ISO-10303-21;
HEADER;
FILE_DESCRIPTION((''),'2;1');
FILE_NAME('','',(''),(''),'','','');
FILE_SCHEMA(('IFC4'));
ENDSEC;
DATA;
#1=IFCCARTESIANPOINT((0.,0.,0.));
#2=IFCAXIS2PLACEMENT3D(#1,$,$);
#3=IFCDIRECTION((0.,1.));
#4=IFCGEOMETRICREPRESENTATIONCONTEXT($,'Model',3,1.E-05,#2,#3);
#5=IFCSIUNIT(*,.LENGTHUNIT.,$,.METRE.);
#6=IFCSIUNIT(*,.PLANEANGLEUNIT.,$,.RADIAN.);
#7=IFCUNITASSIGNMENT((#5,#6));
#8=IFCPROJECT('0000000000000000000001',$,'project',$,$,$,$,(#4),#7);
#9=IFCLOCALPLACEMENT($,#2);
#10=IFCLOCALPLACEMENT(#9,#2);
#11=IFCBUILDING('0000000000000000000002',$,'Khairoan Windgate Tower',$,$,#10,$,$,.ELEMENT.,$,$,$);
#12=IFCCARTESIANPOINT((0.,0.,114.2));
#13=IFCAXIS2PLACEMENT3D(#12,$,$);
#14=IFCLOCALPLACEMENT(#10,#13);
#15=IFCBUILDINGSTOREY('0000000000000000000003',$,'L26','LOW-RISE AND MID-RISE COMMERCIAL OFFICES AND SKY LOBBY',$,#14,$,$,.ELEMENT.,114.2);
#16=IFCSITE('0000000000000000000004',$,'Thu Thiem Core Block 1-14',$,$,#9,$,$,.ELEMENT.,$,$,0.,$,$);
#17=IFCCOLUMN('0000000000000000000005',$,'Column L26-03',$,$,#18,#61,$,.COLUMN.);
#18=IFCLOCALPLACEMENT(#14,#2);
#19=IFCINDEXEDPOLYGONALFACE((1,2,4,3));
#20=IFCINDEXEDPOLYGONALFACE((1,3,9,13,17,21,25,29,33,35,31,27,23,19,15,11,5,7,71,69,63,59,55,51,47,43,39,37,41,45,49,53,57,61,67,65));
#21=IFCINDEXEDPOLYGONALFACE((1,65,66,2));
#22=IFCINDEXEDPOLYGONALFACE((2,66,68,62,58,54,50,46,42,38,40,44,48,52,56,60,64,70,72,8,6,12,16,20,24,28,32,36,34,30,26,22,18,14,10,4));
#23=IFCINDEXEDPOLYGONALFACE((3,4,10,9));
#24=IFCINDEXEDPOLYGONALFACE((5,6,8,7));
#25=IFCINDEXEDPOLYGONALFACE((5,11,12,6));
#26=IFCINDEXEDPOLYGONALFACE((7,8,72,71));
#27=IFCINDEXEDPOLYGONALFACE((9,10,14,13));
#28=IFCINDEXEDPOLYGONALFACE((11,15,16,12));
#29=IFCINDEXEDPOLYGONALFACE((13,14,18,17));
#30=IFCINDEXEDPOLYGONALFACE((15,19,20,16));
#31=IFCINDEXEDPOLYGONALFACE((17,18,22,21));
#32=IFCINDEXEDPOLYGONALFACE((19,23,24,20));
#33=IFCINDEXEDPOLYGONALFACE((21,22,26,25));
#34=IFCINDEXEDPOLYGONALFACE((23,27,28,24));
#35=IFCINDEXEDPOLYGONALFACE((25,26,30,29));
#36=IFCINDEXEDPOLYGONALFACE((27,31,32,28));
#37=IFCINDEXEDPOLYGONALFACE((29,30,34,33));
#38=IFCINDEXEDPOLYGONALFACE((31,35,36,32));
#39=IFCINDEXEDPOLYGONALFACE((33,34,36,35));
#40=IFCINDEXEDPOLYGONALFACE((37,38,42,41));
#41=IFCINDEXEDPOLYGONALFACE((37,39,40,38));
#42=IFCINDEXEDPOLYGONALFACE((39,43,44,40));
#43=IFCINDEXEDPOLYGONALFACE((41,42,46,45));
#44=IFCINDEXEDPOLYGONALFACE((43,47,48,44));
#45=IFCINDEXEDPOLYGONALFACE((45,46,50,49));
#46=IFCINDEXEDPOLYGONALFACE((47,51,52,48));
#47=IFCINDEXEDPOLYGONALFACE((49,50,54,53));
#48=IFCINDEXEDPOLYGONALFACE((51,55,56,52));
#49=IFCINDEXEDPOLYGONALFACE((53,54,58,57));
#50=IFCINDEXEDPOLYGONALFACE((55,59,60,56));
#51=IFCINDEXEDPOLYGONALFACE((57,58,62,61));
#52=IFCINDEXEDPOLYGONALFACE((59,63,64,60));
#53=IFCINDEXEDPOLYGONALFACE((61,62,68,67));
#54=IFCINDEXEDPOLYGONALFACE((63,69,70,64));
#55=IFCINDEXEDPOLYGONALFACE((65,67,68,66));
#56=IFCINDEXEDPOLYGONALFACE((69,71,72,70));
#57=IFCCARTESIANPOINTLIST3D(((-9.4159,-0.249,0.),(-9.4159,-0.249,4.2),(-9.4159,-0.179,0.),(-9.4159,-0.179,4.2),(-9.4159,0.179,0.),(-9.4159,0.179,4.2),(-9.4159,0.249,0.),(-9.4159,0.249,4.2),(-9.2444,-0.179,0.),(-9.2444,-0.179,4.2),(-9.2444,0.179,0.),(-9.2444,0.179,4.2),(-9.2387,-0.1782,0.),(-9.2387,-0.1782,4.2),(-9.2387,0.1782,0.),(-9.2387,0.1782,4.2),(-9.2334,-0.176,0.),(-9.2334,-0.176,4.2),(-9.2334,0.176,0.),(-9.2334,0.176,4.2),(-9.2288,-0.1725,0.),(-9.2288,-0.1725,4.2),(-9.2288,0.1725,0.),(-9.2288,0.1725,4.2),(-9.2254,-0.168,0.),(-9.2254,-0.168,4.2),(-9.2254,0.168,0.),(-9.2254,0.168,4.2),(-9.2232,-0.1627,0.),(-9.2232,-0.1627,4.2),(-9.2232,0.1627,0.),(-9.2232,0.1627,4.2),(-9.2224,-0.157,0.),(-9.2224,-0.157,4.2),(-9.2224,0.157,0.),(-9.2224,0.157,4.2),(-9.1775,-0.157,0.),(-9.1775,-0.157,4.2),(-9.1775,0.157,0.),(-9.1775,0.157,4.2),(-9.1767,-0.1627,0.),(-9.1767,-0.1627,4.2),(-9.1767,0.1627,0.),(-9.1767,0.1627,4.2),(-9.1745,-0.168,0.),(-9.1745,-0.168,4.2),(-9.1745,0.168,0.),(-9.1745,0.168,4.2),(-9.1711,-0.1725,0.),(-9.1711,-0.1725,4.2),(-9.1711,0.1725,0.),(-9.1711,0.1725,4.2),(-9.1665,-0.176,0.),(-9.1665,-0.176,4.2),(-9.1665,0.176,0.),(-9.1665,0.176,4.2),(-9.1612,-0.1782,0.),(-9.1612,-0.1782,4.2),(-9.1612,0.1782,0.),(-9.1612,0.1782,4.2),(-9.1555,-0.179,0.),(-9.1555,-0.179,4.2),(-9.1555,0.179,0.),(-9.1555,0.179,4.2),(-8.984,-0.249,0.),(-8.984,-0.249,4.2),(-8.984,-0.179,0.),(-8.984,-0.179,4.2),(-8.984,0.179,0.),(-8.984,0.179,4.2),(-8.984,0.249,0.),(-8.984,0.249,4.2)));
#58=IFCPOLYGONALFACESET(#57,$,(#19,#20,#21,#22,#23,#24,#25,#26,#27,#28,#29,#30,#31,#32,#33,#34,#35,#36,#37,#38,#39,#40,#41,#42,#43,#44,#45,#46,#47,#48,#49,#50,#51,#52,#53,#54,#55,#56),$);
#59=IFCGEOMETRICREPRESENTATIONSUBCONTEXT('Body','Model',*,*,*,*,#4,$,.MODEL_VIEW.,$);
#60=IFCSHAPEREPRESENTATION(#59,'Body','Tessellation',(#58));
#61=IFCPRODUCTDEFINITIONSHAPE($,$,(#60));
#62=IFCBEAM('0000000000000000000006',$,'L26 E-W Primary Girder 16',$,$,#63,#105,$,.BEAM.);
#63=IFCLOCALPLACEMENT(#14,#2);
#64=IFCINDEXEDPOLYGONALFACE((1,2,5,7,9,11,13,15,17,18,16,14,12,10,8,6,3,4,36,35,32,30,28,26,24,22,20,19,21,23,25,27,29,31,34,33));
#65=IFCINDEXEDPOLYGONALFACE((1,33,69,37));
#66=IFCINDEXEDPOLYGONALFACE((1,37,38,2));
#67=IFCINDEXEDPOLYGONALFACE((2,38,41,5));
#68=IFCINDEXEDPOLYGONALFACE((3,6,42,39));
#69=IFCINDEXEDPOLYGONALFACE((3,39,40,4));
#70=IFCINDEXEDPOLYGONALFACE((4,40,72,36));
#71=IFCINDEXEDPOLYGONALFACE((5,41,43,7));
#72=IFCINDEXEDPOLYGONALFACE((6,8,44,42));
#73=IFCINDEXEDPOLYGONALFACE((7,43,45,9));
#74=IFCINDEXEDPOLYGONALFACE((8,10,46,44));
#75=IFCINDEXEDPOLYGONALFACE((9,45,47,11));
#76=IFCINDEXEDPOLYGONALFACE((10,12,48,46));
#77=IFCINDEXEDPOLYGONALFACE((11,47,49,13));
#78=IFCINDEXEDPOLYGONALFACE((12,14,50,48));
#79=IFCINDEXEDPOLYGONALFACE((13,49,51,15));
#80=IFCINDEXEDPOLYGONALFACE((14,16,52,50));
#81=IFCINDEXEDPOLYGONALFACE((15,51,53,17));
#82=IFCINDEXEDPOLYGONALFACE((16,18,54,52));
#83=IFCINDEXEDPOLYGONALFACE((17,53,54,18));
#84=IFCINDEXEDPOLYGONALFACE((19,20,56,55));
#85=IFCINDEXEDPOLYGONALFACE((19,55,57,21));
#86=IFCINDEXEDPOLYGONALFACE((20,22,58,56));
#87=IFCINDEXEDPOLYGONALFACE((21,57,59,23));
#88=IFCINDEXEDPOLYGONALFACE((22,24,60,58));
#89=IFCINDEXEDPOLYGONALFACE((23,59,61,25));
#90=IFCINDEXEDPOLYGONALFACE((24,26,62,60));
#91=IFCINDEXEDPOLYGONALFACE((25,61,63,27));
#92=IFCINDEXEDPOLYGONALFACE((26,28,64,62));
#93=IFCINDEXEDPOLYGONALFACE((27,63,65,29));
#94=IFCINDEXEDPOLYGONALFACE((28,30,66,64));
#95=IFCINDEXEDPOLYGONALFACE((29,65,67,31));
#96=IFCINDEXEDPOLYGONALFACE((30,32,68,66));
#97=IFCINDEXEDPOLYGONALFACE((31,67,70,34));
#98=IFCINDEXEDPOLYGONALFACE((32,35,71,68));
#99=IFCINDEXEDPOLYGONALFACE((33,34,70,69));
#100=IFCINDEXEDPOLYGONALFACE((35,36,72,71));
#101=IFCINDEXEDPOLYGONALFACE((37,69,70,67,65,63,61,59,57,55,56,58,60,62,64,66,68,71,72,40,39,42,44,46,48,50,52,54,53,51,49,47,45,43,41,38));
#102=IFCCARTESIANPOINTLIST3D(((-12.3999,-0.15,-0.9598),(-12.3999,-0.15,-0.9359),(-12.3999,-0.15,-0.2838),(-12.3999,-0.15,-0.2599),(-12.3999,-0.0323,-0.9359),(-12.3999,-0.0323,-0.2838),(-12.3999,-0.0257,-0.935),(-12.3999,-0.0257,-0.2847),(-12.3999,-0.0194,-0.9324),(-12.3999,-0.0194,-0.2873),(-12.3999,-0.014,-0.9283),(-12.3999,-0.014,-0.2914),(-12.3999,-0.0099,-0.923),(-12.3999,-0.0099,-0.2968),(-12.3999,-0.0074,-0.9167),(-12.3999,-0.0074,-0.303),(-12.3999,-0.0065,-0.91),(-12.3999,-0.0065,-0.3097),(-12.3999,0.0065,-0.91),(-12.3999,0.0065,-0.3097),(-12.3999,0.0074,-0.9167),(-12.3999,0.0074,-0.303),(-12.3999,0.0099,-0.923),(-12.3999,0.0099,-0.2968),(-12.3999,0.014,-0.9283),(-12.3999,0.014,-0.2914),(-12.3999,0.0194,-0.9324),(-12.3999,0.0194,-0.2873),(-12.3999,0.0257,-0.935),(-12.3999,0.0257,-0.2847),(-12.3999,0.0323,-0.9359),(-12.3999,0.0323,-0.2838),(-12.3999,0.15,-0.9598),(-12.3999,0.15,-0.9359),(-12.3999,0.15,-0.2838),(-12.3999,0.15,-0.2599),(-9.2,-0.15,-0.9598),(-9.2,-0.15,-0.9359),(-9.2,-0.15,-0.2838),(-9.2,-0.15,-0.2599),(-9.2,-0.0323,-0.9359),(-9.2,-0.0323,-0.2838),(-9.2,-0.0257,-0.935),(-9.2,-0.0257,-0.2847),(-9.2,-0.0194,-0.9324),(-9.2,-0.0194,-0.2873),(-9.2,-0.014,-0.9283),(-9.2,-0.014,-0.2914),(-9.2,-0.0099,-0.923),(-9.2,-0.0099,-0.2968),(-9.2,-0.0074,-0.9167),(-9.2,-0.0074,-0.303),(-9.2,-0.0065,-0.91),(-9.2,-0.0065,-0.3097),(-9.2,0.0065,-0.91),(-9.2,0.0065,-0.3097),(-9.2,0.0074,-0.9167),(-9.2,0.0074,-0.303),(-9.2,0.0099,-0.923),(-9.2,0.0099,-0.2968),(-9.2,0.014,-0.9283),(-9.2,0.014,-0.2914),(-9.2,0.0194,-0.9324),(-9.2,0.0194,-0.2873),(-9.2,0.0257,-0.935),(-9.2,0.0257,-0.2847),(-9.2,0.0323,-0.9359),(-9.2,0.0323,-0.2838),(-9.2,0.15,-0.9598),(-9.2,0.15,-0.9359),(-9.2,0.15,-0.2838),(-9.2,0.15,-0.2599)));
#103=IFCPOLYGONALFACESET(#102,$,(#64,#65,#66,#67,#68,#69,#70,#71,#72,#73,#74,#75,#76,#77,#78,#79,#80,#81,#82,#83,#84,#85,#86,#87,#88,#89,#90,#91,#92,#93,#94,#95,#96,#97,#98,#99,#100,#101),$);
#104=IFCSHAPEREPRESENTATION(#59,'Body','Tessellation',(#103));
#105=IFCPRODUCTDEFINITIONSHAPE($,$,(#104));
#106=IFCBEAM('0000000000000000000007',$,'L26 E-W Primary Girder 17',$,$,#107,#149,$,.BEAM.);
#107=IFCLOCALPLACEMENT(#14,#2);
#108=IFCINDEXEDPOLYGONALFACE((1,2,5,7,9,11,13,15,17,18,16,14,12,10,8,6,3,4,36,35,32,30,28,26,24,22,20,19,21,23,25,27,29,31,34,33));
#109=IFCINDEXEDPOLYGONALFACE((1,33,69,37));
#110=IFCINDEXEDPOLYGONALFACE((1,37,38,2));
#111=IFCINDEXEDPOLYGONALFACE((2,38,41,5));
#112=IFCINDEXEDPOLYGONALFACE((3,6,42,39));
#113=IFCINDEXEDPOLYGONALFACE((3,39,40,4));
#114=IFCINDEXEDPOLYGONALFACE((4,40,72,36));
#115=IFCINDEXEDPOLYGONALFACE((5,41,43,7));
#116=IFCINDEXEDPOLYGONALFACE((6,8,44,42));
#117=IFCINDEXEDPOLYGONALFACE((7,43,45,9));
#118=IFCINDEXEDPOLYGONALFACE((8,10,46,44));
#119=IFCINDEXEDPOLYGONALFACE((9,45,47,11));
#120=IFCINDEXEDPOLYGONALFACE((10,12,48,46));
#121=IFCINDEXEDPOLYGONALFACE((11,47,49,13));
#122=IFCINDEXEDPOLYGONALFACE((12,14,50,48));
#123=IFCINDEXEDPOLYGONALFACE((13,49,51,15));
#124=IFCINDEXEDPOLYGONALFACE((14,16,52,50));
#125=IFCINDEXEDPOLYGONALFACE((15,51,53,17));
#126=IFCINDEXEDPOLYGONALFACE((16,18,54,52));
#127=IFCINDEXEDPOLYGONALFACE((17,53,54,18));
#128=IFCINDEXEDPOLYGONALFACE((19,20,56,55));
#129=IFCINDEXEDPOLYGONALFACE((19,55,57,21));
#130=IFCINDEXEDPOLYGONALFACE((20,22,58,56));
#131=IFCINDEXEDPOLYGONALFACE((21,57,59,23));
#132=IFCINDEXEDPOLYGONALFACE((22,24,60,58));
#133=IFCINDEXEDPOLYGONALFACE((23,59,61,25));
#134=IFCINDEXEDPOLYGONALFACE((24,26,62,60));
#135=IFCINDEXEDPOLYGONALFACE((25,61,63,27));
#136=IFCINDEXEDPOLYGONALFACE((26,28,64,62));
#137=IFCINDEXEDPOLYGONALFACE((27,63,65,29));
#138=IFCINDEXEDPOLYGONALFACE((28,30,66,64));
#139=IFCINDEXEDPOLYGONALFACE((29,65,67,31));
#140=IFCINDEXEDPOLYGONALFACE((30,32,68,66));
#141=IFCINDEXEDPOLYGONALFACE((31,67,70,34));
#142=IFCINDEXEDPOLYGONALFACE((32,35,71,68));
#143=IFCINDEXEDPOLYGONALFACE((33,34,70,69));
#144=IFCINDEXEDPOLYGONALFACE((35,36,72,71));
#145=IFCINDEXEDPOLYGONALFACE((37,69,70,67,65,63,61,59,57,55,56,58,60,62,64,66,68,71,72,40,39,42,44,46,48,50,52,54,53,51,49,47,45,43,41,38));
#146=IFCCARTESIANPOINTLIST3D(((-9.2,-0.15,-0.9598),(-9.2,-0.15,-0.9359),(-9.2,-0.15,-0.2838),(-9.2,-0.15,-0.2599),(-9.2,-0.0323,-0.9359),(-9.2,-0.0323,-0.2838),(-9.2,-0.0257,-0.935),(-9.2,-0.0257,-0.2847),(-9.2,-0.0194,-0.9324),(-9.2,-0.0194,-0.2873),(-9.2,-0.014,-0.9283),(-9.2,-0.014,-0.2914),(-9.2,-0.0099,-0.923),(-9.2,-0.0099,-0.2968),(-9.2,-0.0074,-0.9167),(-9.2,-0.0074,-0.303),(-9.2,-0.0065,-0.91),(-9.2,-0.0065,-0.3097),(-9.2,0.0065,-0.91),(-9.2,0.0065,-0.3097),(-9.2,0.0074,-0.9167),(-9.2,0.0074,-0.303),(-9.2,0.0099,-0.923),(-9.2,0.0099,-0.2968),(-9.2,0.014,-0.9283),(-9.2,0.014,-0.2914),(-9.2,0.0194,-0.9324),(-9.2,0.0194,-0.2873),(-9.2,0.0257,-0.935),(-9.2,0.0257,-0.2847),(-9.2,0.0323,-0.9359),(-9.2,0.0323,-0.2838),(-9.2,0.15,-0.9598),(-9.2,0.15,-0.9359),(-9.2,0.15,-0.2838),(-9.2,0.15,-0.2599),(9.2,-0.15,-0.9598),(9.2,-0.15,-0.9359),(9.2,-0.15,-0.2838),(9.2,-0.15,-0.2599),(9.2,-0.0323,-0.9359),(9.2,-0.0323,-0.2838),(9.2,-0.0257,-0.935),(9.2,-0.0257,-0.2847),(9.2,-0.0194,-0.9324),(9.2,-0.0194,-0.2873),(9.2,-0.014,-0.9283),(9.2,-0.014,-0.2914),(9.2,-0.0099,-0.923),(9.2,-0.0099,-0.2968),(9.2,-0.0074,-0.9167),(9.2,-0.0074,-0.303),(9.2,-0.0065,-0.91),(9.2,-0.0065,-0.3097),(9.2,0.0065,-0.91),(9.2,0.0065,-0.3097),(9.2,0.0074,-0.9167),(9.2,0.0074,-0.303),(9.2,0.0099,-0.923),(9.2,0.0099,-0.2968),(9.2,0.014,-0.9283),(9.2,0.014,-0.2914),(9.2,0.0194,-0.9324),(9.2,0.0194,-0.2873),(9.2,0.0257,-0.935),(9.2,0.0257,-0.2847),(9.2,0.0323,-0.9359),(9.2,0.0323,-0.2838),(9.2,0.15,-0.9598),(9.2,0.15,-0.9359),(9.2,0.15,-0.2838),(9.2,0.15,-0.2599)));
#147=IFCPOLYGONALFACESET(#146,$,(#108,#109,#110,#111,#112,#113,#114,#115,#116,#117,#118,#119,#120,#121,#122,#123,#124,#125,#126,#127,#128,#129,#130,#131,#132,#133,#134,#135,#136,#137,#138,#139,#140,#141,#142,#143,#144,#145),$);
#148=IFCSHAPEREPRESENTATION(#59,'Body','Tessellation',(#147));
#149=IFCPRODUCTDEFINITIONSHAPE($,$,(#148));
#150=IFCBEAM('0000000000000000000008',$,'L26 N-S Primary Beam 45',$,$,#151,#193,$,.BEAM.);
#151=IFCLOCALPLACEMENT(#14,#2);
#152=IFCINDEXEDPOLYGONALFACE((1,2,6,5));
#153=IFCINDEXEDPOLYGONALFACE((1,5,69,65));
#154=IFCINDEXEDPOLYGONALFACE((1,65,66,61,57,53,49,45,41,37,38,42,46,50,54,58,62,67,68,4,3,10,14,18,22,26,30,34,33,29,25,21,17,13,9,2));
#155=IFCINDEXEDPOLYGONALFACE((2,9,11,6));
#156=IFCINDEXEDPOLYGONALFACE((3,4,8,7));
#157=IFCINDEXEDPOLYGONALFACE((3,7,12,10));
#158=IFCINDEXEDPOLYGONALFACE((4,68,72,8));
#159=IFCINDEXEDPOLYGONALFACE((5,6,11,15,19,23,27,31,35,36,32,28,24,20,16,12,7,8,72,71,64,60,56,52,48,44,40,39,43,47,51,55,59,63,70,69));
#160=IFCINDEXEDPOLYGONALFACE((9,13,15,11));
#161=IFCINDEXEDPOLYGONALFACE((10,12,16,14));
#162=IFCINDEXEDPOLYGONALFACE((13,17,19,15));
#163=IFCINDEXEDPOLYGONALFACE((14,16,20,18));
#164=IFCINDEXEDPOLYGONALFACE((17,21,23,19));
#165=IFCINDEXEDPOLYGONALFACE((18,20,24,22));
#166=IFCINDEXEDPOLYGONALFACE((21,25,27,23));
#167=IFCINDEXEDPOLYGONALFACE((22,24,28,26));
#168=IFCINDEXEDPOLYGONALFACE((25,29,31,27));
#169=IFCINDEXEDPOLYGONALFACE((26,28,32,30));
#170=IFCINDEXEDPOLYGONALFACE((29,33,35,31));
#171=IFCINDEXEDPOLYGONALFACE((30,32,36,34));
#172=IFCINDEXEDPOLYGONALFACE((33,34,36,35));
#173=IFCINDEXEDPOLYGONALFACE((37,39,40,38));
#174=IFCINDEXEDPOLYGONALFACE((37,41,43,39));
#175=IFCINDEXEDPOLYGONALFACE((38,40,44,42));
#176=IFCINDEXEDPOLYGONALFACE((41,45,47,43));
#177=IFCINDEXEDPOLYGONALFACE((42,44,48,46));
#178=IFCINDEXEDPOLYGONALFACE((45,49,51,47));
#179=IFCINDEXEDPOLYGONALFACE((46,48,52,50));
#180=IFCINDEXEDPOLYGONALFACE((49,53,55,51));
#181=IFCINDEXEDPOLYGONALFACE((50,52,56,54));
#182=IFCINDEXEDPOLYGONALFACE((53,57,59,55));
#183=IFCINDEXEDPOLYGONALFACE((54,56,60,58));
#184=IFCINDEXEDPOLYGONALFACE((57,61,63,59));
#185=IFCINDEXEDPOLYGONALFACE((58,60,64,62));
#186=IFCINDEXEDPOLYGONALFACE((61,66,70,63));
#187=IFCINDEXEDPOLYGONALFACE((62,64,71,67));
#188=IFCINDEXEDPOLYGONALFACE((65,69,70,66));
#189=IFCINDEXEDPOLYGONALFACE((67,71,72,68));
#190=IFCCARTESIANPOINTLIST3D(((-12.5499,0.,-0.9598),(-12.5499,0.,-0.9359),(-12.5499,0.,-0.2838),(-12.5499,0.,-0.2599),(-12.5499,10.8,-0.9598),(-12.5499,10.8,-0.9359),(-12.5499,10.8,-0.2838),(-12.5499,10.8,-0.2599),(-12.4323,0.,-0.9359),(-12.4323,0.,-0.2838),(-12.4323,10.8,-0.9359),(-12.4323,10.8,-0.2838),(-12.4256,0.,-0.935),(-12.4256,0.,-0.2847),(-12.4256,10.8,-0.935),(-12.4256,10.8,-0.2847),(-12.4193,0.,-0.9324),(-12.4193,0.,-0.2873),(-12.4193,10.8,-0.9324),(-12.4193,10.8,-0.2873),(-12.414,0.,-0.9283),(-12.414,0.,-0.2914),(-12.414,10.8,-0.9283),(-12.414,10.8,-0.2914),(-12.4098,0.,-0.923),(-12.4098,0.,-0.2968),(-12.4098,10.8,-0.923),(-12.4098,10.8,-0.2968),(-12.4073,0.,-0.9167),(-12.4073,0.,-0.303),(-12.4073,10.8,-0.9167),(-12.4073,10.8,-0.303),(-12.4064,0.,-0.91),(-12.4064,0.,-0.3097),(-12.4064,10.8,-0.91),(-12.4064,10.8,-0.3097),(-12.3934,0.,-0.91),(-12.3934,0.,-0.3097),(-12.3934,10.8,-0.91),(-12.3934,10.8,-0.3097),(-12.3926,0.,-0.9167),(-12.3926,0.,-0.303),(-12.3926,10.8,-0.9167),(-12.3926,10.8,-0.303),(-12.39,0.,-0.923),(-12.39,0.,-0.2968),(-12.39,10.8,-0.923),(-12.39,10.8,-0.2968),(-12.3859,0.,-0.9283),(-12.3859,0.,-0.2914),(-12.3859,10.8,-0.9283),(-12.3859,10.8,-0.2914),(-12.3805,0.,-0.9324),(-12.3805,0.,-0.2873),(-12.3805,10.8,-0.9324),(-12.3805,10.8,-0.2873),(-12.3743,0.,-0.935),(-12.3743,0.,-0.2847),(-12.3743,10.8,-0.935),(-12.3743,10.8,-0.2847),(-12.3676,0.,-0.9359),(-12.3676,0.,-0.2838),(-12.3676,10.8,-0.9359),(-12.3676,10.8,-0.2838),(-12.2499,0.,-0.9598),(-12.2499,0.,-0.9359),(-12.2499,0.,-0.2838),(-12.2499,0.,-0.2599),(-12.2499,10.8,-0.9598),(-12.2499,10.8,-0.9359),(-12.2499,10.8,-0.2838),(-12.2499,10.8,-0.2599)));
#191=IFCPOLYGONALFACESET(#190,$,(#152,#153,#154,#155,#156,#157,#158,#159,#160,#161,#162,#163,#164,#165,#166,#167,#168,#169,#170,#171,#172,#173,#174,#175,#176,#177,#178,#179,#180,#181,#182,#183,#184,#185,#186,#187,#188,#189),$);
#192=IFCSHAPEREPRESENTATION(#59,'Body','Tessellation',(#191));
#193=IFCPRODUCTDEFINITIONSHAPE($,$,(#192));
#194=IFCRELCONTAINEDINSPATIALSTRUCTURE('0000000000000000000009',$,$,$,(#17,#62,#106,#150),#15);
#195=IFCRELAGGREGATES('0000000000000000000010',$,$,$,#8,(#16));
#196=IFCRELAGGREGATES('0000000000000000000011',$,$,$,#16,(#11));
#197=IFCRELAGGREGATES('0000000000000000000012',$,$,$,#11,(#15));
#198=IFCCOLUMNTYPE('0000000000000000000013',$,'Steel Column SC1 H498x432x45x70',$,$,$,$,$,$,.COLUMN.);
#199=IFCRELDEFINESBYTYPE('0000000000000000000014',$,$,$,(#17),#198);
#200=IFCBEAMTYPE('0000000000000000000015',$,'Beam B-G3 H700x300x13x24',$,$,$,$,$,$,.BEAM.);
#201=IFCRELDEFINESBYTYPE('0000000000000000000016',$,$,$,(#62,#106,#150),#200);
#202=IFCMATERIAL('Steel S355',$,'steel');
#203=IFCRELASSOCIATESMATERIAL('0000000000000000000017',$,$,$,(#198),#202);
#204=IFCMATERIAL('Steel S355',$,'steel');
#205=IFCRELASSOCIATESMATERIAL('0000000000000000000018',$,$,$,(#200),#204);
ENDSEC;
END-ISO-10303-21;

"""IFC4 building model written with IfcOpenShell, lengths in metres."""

from ifc_helpers import new_model, si_unit, direction, frame, origin, origin_2d, place, context, subcontext, project, spatial, i_section, extrude, material, material_profile, profile_set, type_object, element, save


model = new_model("IFC4")

# Units and contexts
model_context = context("Model", 3, precision=1e-05, world=origin(), true_north=direction((0.0, 1.0)))
body_context = subcontext(model_context, "Body", "Model", "MODEL_VIEW")
ifc_project = project(units=[si_unit("LENGTHUNIT", "METRE"), si_unit("PLANEANGLEUNIT", "RADIAN")], contexts=[model_context])

# Site, building, storey
site_placement = place(None, origin())
site = spatial("IfcSite", under=ifc_project, at=site_placement, Name="Thu Thiem Core Block 1-14", CompositionType="ELEMENT", RefElevation=0.0)
building_placement = place(site_placement, origin())
building = spatial("IfcBuilding", under=site, at=building_placement, Name="Khairoan Windgate Tower", CompositionType="ELEMENT")
storey_placement = place(building_placement, frame((0.0, 0.0, 114.2)))
storey = spatial("IfcBuildingStorey", under=building, at=storey_placement, Name="L26", Description="LOW-RISE AND MID-RISE COMMERCIAL OFFICES AND SKY LOBBY", CompositionType="ELEMENT", Elevation=114.2)

# Column
ifc_material_1 = material(Name="Steel S355", Category="steel")
ifc_material_profile_1 = material_profile(ifc_material_1, i_section(OverallWidth=0.4319, OverallDepth=0.498, WebThickness=0.0449, FlangeThickness=0.0701, FilletRadius=0.022, at=origin_2d()))
ifc_profile_set_1 = profile_set([ifc_material_profile_1], Name="Steel S355")
column_type = type_object("IfcColumnType", Name="Steel Column SC1 H498x432x45x70", PredefinedType="COLUMN", material=ifc_profile_set_1)
column_placement = place(storey_placement, frame((-9.2, 0.0, 0.0), z_axis=(0.0, 0.0, 1.0), x_axis=(1.0, 0.0, 0.0)))
element("IfcColumn", 1, at=column_placement, inside=storey, type_object=column_type, Name="Column L26-03", PredefinedType="COLUMN", context=body_context, shape_type="SweptSolid", body=[
    extrude(i_section(OverallWidth=0.4319, OverallDepth=0.498, WebThickness=0.0449, FlangeThickness=0.0701, FilletRadius=0.022, at=origin_2d()), origin(), (0.0, 0.0, 1.0), 4.2),
])

# Beams
ifc_material_2 = material(Name="Steel S355", Category="steel")
ifc_material_profile_2 = material_profile(ifc_material_2, i_section(OverallWidth=0.3, OverallDepth=0.7, WebThickness=0.0129, FlangeThickness=0.0239, FilletRadius=0.0259, at=origin_2d()))
ifc_profile_set_2 = profile_set([ifc_material_profile_2], Name="Steel S355")
beam_type = type_object("IfcBeamType", Name="Beam B-G3 H700x300x13x24", PredefinedType="BEAM", material=ifc_profile_set_2)
beam_1_placement = place(storey_placement, frame((-12.3999, 0.0, -0.6099), z_axis=(1.0, 0.0, 0.0), x_axis=(0.0, 1.0, 0.0)))
element("IfcBeam", 2, at=beam_1_placement, inside=storey, type_object=beam_type, Name="L26 E-W Primary Girder 16", PredefinedType="BEAM", context=body_context, shape_type="SweptSolid", body=[
    extrude(i_section(OverallWidth=0.3, OverallDepth=0.7, WebThickness=0.0129, FlangeThickness=0.0239, FilletRadius=0.0259, at=origin_2d()), origin(), (0.0, 0.0, 1.0), 3.2),
])
beam_2_placement = place(storey_placement, frame((-9.2, 0.0, -0.6099), z_axis=(1.0, 0.0, 0.0), x_axis=(0.0, 1.0, 0.0)))
element("IfcBeam", 3, at=beam_2_placement, inside=storey, type_object=beam_type, Name="L26 E-W Primary Girder 17", PredefinedType="BEAM", context=body_context, shape_type="SweptSolid", body=[
    extrude(i_section(OverallWidth=0.3, OverallDepth=0.7, WebThickness=0.0129, FlangeThickness=0.0239, FilletRadius=0.0259, at=origin_2d()), origin(), (0.0, 0.0, 1.0), 18.3999),
])
for number, where, z_axis, x_axis, name in (
    (4, (-12.3999, 0.0, -0.6099), (0.0, 1.0, 0.0), (-1.0, 0.0, 0.0), "L26 N-S Primary Beam 45"),
):
    element("IfcBeam", number, at=place(storey_placement, frame(where, z_axis=z_axis, x_axis=x_axis)), inside=storey, type_object=beam_type, Name=name, PredefinedType="BEAM", context=body_context, shape_type="SweptSolid", body=[
        extrude(i_section(OverallWidth=0.3, OverallDepth=0.7, WebThickness=0.0129, FlangeThickness=0.0239, FilletRadius=0.0259, at=origin_2d()), origin(), (0.0, 0.0, 1.0), 10.8),
    ])

save(model, "model.ifc")
